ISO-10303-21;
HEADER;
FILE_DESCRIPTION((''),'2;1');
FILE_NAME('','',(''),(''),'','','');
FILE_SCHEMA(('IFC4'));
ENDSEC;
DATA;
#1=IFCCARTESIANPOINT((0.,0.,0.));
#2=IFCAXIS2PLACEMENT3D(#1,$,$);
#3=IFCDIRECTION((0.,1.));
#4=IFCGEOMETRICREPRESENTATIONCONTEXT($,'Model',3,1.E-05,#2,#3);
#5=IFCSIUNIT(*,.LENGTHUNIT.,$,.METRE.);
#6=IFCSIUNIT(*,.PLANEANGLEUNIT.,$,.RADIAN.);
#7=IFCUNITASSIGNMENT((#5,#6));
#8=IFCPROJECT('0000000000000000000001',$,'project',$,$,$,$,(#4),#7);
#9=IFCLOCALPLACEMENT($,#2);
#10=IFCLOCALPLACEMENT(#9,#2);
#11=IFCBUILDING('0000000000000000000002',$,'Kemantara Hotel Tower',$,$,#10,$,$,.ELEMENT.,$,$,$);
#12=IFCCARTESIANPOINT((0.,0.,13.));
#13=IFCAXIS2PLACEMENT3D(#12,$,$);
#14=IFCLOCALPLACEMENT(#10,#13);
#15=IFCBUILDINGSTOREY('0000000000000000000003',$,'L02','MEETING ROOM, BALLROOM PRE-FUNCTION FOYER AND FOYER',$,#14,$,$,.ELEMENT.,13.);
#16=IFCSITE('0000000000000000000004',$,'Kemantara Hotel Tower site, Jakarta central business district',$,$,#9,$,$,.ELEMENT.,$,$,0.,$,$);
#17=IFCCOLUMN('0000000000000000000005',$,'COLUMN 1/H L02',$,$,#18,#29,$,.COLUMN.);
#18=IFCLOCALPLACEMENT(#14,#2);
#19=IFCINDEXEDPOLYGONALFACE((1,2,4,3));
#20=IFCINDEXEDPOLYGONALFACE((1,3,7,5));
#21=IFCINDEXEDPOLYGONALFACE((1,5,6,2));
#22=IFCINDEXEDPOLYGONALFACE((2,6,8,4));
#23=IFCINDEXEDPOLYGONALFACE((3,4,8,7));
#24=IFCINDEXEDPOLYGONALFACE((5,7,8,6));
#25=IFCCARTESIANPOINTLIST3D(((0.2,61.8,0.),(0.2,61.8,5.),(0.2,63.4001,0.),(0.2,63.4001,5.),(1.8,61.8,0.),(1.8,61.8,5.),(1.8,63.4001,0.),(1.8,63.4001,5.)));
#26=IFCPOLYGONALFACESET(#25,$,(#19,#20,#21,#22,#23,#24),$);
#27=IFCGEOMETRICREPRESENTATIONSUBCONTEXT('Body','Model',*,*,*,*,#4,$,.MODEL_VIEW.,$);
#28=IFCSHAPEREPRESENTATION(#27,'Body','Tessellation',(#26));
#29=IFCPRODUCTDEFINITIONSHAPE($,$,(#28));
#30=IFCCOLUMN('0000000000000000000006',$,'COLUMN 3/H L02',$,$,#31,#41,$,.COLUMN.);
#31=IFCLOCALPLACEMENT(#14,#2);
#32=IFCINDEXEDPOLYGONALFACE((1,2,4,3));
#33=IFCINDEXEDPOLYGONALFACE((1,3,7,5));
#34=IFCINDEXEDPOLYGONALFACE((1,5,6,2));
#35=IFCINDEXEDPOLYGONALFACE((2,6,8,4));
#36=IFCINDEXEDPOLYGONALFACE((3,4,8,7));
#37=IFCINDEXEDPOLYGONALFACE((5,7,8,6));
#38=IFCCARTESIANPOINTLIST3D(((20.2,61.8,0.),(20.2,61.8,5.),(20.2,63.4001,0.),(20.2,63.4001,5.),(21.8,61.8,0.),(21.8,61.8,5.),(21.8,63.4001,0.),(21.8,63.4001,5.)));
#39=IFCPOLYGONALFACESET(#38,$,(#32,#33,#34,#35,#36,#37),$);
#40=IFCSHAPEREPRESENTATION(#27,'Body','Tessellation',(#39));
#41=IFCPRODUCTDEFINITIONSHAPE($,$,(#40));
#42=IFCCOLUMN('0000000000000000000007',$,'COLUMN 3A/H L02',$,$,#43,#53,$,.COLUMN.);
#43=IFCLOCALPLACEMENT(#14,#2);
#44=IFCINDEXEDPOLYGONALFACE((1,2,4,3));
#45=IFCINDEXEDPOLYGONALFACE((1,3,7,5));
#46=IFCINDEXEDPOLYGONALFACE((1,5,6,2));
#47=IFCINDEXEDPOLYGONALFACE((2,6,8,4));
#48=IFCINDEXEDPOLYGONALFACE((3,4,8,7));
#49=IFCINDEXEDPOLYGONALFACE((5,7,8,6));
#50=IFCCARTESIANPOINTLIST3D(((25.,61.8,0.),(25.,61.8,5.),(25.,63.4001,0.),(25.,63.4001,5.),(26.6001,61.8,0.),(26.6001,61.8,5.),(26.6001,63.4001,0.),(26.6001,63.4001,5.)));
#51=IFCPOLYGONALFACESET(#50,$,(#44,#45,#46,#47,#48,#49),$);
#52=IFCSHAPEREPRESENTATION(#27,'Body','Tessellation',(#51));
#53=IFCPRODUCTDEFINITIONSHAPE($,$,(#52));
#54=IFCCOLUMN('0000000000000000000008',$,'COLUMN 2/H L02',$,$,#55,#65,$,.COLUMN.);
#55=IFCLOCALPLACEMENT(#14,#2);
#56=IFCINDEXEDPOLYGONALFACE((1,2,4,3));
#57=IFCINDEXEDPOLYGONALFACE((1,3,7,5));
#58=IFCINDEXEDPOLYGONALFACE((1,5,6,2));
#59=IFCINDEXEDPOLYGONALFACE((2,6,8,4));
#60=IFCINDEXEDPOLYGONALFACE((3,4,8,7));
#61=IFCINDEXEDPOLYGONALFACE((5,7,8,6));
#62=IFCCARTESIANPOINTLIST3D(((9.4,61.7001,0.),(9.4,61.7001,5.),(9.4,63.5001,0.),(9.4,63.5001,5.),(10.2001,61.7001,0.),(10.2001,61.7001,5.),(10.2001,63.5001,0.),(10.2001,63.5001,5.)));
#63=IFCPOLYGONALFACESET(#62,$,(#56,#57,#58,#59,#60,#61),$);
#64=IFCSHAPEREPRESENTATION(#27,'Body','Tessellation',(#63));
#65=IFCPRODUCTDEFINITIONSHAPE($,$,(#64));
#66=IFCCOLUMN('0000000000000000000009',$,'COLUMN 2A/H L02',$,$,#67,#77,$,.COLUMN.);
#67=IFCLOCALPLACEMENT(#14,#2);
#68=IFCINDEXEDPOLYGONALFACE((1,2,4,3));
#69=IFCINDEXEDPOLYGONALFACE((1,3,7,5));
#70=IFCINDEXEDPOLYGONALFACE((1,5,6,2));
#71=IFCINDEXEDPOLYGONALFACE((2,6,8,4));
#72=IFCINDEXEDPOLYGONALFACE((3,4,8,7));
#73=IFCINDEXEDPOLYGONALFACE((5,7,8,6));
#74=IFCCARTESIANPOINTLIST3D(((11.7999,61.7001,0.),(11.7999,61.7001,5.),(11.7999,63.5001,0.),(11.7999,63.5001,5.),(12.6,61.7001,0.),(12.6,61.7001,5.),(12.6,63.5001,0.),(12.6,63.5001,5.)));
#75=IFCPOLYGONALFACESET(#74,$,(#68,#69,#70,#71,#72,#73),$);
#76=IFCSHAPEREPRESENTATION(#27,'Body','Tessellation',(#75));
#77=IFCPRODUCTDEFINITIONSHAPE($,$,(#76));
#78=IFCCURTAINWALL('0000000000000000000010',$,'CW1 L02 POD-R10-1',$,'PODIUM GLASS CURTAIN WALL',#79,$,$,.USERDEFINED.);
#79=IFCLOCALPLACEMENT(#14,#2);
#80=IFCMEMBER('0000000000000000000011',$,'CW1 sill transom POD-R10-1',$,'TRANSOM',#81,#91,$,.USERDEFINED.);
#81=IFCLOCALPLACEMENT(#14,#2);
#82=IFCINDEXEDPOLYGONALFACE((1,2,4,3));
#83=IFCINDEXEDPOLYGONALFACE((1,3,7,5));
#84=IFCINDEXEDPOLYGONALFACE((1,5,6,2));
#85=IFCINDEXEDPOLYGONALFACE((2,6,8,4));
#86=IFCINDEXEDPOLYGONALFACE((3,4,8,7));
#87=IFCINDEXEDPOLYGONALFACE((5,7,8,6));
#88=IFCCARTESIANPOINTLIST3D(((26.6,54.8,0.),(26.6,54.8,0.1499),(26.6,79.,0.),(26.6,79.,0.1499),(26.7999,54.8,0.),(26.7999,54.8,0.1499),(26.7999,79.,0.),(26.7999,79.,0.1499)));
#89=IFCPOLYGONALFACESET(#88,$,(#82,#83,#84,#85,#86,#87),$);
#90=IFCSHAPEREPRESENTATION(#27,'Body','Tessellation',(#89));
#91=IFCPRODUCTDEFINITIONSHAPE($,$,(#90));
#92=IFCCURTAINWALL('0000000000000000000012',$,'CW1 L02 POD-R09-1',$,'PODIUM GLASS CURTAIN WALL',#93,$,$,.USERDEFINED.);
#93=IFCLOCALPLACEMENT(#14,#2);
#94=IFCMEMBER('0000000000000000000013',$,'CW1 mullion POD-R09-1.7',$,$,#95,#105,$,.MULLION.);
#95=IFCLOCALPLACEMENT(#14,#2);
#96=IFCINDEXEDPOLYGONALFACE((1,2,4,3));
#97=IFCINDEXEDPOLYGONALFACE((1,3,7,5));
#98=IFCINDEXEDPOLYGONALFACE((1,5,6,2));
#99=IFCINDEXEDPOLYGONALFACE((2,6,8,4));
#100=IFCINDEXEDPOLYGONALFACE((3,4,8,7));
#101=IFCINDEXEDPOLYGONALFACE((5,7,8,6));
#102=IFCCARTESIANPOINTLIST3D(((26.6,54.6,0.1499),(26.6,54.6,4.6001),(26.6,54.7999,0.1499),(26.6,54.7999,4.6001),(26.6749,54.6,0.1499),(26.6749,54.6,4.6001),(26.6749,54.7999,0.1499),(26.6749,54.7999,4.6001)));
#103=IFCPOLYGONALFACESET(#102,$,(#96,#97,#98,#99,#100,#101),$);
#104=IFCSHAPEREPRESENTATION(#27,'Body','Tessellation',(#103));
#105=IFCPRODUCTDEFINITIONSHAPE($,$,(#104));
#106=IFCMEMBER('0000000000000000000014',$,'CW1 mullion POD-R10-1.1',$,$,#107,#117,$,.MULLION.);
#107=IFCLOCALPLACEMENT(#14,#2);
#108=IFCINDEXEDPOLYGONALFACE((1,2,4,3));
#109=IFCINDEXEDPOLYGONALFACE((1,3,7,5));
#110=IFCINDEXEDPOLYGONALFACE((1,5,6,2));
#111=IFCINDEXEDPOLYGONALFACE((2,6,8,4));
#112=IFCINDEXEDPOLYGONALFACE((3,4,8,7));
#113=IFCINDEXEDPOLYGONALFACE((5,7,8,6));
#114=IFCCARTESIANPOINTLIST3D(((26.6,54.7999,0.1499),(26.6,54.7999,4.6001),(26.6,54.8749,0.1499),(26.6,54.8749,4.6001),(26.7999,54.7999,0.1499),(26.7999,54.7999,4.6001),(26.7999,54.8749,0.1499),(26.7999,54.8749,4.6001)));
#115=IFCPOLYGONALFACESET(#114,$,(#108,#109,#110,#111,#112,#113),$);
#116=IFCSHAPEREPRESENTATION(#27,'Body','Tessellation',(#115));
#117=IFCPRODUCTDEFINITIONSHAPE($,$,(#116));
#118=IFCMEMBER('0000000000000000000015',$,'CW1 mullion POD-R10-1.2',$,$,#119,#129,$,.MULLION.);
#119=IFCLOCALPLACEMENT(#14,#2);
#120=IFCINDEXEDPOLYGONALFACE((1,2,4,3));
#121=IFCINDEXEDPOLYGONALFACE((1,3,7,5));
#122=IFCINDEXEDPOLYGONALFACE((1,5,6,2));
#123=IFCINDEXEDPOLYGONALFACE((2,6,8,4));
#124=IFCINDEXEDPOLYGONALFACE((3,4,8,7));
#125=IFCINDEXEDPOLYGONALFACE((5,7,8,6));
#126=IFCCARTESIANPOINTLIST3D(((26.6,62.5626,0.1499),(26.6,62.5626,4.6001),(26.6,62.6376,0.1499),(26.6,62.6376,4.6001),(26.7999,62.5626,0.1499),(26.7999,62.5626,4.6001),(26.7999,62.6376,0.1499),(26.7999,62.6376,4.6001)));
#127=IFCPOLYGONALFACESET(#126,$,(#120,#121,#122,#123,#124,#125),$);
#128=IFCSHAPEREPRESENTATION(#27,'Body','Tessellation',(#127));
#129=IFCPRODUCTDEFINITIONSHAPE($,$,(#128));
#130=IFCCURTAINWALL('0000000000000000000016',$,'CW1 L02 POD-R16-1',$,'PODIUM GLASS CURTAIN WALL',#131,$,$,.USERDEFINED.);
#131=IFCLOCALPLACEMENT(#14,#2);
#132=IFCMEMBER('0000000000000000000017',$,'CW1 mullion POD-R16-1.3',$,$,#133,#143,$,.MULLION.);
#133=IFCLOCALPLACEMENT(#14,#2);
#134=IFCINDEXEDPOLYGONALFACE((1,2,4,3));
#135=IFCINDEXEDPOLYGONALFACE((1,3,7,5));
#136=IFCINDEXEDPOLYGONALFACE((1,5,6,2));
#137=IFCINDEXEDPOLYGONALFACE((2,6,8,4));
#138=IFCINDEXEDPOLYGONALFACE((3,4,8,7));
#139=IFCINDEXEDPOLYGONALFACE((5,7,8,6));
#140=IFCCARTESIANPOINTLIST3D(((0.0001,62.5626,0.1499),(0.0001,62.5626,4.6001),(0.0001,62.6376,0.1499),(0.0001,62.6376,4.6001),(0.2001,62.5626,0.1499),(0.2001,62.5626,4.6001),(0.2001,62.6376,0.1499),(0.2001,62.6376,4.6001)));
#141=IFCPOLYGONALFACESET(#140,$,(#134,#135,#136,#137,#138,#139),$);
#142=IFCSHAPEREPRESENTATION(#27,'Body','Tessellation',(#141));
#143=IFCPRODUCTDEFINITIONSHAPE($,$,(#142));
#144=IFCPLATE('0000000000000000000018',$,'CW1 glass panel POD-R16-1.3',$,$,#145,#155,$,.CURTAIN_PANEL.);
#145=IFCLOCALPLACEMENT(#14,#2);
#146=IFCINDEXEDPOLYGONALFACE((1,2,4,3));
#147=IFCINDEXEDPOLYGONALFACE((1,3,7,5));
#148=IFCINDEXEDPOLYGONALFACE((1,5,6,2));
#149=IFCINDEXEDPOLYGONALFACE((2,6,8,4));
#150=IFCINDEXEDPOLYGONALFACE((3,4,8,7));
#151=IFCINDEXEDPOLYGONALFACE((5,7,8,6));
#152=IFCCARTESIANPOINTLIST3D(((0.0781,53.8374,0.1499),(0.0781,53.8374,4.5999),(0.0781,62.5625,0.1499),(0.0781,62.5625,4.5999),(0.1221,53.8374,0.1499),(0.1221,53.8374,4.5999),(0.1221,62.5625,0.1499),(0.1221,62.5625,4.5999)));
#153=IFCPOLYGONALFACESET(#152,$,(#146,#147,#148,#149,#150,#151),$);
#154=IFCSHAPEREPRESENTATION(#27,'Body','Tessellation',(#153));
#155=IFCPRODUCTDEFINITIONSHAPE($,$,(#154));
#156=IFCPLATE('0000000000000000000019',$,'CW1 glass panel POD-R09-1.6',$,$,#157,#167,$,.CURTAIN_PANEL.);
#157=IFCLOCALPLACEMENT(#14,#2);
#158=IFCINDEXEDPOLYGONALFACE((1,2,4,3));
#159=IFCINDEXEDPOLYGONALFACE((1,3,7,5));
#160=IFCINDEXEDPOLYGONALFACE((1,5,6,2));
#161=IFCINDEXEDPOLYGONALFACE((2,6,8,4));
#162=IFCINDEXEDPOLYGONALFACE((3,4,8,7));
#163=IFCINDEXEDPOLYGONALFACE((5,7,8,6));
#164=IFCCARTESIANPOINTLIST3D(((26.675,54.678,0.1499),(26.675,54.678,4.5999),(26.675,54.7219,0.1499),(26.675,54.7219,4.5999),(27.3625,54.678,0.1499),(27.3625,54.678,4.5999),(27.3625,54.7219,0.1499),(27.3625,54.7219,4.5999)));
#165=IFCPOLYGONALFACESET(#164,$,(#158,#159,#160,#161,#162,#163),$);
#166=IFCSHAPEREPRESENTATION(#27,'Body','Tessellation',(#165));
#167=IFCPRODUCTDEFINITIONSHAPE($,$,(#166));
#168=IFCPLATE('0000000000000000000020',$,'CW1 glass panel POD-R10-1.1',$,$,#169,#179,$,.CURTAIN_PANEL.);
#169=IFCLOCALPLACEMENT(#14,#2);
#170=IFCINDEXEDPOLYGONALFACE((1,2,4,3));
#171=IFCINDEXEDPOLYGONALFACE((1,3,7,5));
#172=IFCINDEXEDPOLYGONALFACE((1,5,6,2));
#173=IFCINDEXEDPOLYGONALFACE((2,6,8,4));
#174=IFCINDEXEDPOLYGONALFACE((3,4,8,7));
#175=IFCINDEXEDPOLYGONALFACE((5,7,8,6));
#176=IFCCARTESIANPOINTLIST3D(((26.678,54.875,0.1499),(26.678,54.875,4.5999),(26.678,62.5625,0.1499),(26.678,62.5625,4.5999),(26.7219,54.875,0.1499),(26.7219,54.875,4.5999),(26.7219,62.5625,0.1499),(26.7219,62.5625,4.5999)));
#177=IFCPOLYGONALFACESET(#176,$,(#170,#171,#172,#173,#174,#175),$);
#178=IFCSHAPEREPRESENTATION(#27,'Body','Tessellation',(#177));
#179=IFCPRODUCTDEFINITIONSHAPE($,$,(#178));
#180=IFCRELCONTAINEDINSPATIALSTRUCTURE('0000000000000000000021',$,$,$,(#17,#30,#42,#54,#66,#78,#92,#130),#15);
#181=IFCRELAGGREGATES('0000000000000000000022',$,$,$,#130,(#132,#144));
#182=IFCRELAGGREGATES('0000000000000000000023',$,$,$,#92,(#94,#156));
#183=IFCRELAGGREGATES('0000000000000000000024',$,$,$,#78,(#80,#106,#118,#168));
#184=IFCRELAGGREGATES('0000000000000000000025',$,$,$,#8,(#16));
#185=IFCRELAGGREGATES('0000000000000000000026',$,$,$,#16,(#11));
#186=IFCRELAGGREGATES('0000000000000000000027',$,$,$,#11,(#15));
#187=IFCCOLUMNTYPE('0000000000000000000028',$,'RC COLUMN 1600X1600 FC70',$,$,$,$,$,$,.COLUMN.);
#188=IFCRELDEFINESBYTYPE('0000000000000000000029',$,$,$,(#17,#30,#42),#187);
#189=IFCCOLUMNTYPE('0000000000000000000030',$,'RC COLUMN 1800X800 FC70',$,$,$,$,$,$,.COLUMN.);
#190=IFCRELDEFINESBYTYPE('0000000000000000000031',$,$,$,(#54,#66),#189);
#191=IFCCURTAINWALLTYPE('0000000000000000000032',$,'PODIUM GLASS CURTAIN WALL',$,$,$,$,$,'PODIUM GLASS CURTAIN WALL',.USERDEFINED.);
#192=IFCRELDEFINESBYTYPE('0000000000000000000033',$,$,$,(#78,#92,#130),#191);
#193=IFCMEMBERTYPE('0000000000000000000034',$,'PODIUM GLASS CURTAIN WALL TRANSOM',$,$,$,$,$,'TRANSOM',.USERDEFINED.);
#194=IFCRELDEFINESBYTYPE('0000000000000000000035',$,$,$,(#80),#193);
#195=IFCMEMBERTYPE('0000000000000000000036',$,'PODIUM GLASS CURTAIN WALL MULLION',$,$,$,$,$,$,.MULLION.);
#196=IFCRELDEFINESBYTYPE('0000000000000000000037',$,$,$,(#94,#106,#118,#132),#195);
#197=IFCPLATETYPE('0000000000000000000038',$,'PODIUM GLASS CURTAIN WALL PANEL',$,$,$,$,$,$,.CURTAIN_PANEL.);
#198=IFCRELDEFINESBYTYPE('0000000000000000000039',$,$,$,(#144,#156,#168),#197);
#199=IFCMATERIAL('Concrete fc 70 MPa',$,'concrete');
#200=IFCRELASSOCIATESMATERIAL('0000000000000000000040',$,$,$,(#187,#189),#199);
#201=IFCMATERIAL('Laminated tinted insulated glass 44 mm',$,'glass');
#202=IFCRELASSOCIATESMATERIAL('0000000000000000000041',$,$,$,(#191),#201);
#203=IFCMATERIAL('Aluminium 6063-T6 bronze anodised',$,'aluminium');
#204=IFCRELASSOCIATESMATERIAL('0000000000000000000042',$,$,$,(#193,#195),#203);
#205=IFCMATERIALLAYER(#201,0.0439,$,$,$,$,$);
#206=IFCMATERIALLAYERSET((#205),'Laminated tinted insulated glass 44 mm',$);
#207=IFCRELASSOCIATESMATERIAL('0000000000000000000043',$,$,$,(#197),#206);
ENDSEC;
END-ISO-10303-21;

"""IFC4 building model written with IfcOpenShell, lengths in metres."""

from ifc_helpers import new_model, si_unit, direction, frame, origin, origin_2d, place, context, subcontext, project, spatial, rectangle, extrude, source, transform, mapped, material, layer, layer_set, material_profile, profile_set, type_object, element, aggregate, save


model = new_model("IFC4")

# Units and contexts
model_context = context("Model", 3, precision=1e-05, world=origin(), true_north=direction((0.0, 1.0)))
body_context = subcontext(model_context, "Body", "Model", "MODEL_VIEW")
ifc_project = project(units=[si_unit("LENGTHUNIT", "METRE"), si_unit("PLANEANGLEUNIT", "RADIAN")], contexts=[model_context])

# Site, building, storey
site_placement = place(None, origin())
site = spatial("IfcSite", under=ifc_project, at=site_placement, Name="Kemantara Hotel Tower site, Jakarta central business district", CompositionType="ELEMENT", RefElevation=0.0)
building_placement = place(site_placement, origin())
building = spatial("IfcBuilding", under=site, at=building_placement, Name="Kemantara Hotel Tower", CompositionType="ELEMENT")
storey_placement = place(building_placement, frame((0.0, 0.0, 13.0)))
storey = spatial("IfcBuildingStorey", under=building, at=storey_placement, Name="L02", Description="MEETING ROOM, BALLROOM PRE-FUNCTION FOYER AND FOYER", CompositionType="ELEMENT", Elevation=13.0)

# Columns
ifc_material_1 = material(Name="Concrete fc 70 MPa", Category="concrete")
ifc_material_profile_1 = material_profile(ifc_material_1, rectangle(XDim=1.6001, YDim=1.6001, at=origin_2d()), Name="RC 1600X1600")
ifc_profile_set_1 = profile_set([ifc_material_profile_1], Name="Concrete fc 70 MPa")
column_type_1 = type_object("IfcColumnType", Name="RC COLUMN 1600X1600 FC70", PredefinedType="COLUMN", material=ifc_profile_set_1)
for number, where, z_axis, x_axis, name in (
    (1, (1.0, 62.6001, 0.0), (0.0, 0.0, 1.0), (1.0, 0.0, 0.0), "COLUMN 1/H L02"),
    (2, (21.0, 62.6001, 0.0), (0.0, 0.0, 1.0), (1.0, 0.0, 0.0), "COLUMN 3/H L02"),
    (3, (25.8, 62.6001, 0.0), (0.0, 0.0, 1.0), (1.0, 0.0, 0.0), "COLUMN 3A/H L02"),
):
    element("IfcColumn", number, at=place(storey_placement, frame(where, z_axis=z_axis, x_axis=x_axis)), inside=storey, type_object=column_type_1, Name=name, PredefinedType="COLUMN", context=body_context, shape_type="SweptSolid", body=[
        extrude(rectangle(XDim=1.6001, YDim=1.6001, at=origin_2d()), origin(), (0.0, 0.0, 1.0), 5.0),
    ])
ifc_material_profile_2 = material_profile(ifc_material_1, rectangle(XDim=1.8, YDim=0.8, at=origin_2d()), Name="RC 1800X800")
ifc_profile_set_2 = profile_set([ifc_material_profile_2], Name="Concrete fc 70 MPa")
column_type_2 = type_object("IfcColumnType", Name="RC COLUMN 1800X800 FC70", PredefinedType="COLUMN", material=ifc_profile_set_2)
for number, where, z_axis, x_axis, name in (
    (4, (9.8, 62.6001, 0.0), (0.0, 0.0, 1.0), (0.0, 1.0, 0.0), "COLUMN 2/H L02"),
    (5, (12.2, 62.6001, 0.0), (0.0, 0.0, 1.0), (0.0, 1.0, 0.0), "COLUMN 2A/H L02"),
):
    element("IfcColumn", number, at=place(storey_placement, frame(where, z_axis=z_axis, x_axis=x_axis)), inside=storey, type_object=column_type_2, Name=name, PredefinedType="COLUMN", context=body_context, shape_type="SweptSolid", body=[
        extrude(rectangle(XDim=1.8, YDim=0.8, at=origin_2d()), origin(), (0.0, 0.0, 1.0), 5.0),
    ])

# Curtain walls, members
ifc_material_2 = material(Name="Laminated tinted insulated glass 44 mm", Category="glass")
curtain_wall_type = type_object("IfcCurtainWallType", Name="PODIUM GLASS CURTAIN WALL", ElementType="PODIUM GLASS CURTAIN WALL", PredefinedType="USERDEFINED", material=ifc_material_2)
curtain_wall_1_placement = place(storey_placement, origin())
curtain_wall_1 = element("IfcCurtainWall", 6, at=curtain_wall_1_placement, inside=storey, type_object=curtain_wall_type, Name="CW1 L02 POD-R10-1", ObjectType="PODIUM GLASS CURTAIN WALL", PredefinedType="USERDEFINED")
ifc_material_3 = material(Name="Aluminium 6063-T6 bronze anodised", Category="aluminium")
ifc_material_profile_3 = material_profile(ifc_material_3, rectangle(XDim=0.2, YDim=0.1499, at=origin_2d()), Name="PODIUM GLASS CURTAIN WALL TRANSOM")
ifc_profile_set_3 = profile_set([ifc_material_profile_3], Name="Aluminium 6063-T6 bronze anodised")
member_type_1 = type_object("IfcMemberType", Name="PODIUM GLASS CURTAIN WALL TRANSOM", ElementType="TRANSOM", PredefinedType="USERDEFINED", material=ifc_profile_set_3)
member_1_placement = place(storey_placement, frame((26.7, 54.8, 0.075), z_axis=(0.0, 1.0, 0.0), x_axis=(-1.0, 0.0, 0.0)))
member_1 = element("IfcMember", 7, at=member_1_placement, type_object=member_type_1, Name="CW1 sill transom POD-R10-1", ObjectType="TRANSOM", PredefinedType="USERDEFINED", context=body_context, shape_type="SweptSolid", body=[
    extrude(rectangle(XDim=0.2, YDim=0.1499, at=origin_2d()), origin(), (0.0, 0.0, 1.0), 24.2),
])
curtain_wall_2_placement = place(storey_placement, origin())
curtain_wall_2 = element("IfcCurtainWall", 8, at=curtain_wall_2_placement, inside=storey, type_object=curtain_wall_type, Name="CW1 L02 POD-R09-1", ObjectType="PODIUM GLASS CURTAIN WALL", PredefinedType="USERDEFINED")
ifc_material_profile_4 = material_profile(ifc_material_3, rectangle(XDim=0.2, YDim=0.075, at=origin_2d()), Name="PODIUM GLASS CURTAIN WALL MULLION")
ifc_profile_set_4 = profile_set([ifc_material_profile_4], Name="Aluminium 6063-T6 bronze anodised")
member_type_2 = type_object("IfcMemberType", Name="PODIUM GLASS CURTAIN WALL MULLION", PredefinedType="MULLION", material=ifc_profile_set_4)
shared_shape_1 = source(origin(), body_context, "Body", "SweptSolid", [
    extrude(rectangle(XDim=0.2, YDim=0.075, at=origin_2d()), origin(), (0.0, 0.0, 1.0), 4.4502),
])
member_2_placement = place(storey_placement, frame((26.6375, 54.7, 0.1499), z_axis=(0.0, 0.0, 1.0), x_axis=(0.0, -1.0, 0.0)))
member_2 = element("IfcMember", 9, at=member_2_placement, type_object=member_type_2, Name="CW1 mullion POD-R09-1.7", PredefinedType="MULLION", context=body_context, shape_type="MappedRepresentation", body=[
    mapped(shared_shape_1, transform((0.0, 0.0, 0.0))),
])

# Members
member_3_placement = place(storey_placement, frame((26.7, 54.8374, 0.1499), z_axis=(0.0, 0.0, 1.0), x_axis=(-1.0, 0.0, 0.0)))
member_3 = element("IfcMember", 10, at=member_3_placement, type_object=member_type_2, Name="CW1 mullion POD-R10-1.1", PredefinedType="MULLION", context=body_context, shape_type="MappedRepresentation", body=[
    mapped(shared_shape_1, transform((0.0, 0.0, 0.0))),
])
member_4_placement = place(storey_placement, frame((26.7, 62.6001, 0.1499), z_axis=(0.0, 0.0, 1.0), x_axis=(-1.0, 0.0, 0.0)))
member_4 = element("IfcMember", 11, at=member_4_placement, type_object=member_type_2, Name="CW1 mullion POD-R10-1.2", PredefinedType="MULLION", context=body_context, shape_type="MappedRepresentation", body=[
    mapped(shared_shape_1, transform((0.0, 0.0, 0.0))),
])

# Curtain wall, member, plate
curtain_wall_3_placement = place(storey_placement, origin())
curtain_wall_3 = element("IfcCurtainWall", 12, at=curtain_wall_3_placement, inside=storey, type_object=curtain_wall_type, Name="CW1 L02 POD-R16-1", ObjectType="PODIUM GLASS CURTAIN WALL", PredefinedType="USERDEFINED")
member_5_placement = place(storey_placement, frame((0.1001, 62.6001, 0.1499), z_axis=(0.0, 0.0, 1.0), x_axis=(1.0, 0.0, 0.0)))
member_5 = element("IfcMember", 13, at=member_5_placement, type_object=member_type_2, Name="CW1 mullion POD-R16-1.3", PredefinedType="MULLION", context=body_context, shape_type="MappedRepresentation", body=[
    mapped(shared_shape_1, transform((0.0, 0.0, 0.0))),
])
ifc_layer_1 = layer(ifc_material_2, 0.0439)
ifc_layer_set_1 = layer_set([ifc_layer_1], Name="Laminated tinted insulated glass 44 mm")
plate_type = type_object("IfcPlateType", Name="PODIUM GLASS CURTAIN WALL PANEL", PredefinedType="CURTAIN_PANEL", material=ifc_layer_set_1)
shared_shape_2 = source(origin(), body_context, "Body", "SweptSolid", [
    extrude(rectangle(XDim=8.7251, YDim=0.0439, at=origin_2d()), origin(), (0.0, 0.0, 1.0), 4.45),
])
plate_1_placement = place(storey_placement, frame((0.1001, 58.2, 0.1499), z_axis=(0.0, 0.0, 1.0), x_axis=(0.0, -1.0, 0.0)))
plate_1 = element("IfcPlate", 14, at=plate_1_placement, type_object=plate_type, Name="CW1 glass panel POD-R16-1.3", PredefinedType="CURTAIN_PANEL", context=body_context, shape_type="MappedRepresentation", body=[
    mapped(shared_shape_2, transform((0.0, 0.0, 0.0))),
])
aggregate(curtain_wall_3, [member_5, plate_1])

# Plates
shared_shape_3 = source(origin(), body_context, "Body", "SweptSolid", [
    extrude(rectangle(XDim=0.6875, YDim=0.0439, at=origin_2d()), origin(), (0.0, 0.0, 1.0), 4.45),
])
plate_2_placement = place(storey_placement, frame((27.0188, 54.7, 0.1499), z_axis=(0.0, 0.0, 1.0), x_axis=(-1.0, 0.0, 0.0)))
plate_2 = element("IfcPlate", 15, at=plate_2_placement, type_object=plate_type, Name="CW1 glass panel POD-R09-1.6", PredefinedType="CURTAIN_PANEL", context=body_context, shape_type="MappedRepresentation", body=[
    mapped(shared_shape_3, transform((0.0, 0.0, 0.0))),
])
aggregate(curtain_wall_2, [member_2, plate_2])
shared_shape_4 = source(origin(), body_context, "Body", "SweptSolid", [
    extrude(rectangle(XDim=7.6875, YDim=0.0439, at=origin_2d()), origin(), (0.0, 0.0, 1.0), 4.45),
])
plate_3_placement = place(storey_placement, frame((26.7, 58.7188, 0.1499), z_axis=(0.0, 0.0, 1.0), x_axis=(0.0, 1.0, 0.0)))
plate_3 = element("IfcPlate", 16, at=plate_3_placement, type_object=plate_type, Name="CW1 glass panel POD-R10-1.1", PredefinedType="CURTAIN_PANEL", context=body_context, shape_type="MappedRepresentation", body=[
    mapped(shared_shape_4, transform((0.0, 0.0, 0.0))),
])
aggregate(curtain_wall_1, [member_1, member_3, member_4, plate_3])

save(model, "model.ifc")
